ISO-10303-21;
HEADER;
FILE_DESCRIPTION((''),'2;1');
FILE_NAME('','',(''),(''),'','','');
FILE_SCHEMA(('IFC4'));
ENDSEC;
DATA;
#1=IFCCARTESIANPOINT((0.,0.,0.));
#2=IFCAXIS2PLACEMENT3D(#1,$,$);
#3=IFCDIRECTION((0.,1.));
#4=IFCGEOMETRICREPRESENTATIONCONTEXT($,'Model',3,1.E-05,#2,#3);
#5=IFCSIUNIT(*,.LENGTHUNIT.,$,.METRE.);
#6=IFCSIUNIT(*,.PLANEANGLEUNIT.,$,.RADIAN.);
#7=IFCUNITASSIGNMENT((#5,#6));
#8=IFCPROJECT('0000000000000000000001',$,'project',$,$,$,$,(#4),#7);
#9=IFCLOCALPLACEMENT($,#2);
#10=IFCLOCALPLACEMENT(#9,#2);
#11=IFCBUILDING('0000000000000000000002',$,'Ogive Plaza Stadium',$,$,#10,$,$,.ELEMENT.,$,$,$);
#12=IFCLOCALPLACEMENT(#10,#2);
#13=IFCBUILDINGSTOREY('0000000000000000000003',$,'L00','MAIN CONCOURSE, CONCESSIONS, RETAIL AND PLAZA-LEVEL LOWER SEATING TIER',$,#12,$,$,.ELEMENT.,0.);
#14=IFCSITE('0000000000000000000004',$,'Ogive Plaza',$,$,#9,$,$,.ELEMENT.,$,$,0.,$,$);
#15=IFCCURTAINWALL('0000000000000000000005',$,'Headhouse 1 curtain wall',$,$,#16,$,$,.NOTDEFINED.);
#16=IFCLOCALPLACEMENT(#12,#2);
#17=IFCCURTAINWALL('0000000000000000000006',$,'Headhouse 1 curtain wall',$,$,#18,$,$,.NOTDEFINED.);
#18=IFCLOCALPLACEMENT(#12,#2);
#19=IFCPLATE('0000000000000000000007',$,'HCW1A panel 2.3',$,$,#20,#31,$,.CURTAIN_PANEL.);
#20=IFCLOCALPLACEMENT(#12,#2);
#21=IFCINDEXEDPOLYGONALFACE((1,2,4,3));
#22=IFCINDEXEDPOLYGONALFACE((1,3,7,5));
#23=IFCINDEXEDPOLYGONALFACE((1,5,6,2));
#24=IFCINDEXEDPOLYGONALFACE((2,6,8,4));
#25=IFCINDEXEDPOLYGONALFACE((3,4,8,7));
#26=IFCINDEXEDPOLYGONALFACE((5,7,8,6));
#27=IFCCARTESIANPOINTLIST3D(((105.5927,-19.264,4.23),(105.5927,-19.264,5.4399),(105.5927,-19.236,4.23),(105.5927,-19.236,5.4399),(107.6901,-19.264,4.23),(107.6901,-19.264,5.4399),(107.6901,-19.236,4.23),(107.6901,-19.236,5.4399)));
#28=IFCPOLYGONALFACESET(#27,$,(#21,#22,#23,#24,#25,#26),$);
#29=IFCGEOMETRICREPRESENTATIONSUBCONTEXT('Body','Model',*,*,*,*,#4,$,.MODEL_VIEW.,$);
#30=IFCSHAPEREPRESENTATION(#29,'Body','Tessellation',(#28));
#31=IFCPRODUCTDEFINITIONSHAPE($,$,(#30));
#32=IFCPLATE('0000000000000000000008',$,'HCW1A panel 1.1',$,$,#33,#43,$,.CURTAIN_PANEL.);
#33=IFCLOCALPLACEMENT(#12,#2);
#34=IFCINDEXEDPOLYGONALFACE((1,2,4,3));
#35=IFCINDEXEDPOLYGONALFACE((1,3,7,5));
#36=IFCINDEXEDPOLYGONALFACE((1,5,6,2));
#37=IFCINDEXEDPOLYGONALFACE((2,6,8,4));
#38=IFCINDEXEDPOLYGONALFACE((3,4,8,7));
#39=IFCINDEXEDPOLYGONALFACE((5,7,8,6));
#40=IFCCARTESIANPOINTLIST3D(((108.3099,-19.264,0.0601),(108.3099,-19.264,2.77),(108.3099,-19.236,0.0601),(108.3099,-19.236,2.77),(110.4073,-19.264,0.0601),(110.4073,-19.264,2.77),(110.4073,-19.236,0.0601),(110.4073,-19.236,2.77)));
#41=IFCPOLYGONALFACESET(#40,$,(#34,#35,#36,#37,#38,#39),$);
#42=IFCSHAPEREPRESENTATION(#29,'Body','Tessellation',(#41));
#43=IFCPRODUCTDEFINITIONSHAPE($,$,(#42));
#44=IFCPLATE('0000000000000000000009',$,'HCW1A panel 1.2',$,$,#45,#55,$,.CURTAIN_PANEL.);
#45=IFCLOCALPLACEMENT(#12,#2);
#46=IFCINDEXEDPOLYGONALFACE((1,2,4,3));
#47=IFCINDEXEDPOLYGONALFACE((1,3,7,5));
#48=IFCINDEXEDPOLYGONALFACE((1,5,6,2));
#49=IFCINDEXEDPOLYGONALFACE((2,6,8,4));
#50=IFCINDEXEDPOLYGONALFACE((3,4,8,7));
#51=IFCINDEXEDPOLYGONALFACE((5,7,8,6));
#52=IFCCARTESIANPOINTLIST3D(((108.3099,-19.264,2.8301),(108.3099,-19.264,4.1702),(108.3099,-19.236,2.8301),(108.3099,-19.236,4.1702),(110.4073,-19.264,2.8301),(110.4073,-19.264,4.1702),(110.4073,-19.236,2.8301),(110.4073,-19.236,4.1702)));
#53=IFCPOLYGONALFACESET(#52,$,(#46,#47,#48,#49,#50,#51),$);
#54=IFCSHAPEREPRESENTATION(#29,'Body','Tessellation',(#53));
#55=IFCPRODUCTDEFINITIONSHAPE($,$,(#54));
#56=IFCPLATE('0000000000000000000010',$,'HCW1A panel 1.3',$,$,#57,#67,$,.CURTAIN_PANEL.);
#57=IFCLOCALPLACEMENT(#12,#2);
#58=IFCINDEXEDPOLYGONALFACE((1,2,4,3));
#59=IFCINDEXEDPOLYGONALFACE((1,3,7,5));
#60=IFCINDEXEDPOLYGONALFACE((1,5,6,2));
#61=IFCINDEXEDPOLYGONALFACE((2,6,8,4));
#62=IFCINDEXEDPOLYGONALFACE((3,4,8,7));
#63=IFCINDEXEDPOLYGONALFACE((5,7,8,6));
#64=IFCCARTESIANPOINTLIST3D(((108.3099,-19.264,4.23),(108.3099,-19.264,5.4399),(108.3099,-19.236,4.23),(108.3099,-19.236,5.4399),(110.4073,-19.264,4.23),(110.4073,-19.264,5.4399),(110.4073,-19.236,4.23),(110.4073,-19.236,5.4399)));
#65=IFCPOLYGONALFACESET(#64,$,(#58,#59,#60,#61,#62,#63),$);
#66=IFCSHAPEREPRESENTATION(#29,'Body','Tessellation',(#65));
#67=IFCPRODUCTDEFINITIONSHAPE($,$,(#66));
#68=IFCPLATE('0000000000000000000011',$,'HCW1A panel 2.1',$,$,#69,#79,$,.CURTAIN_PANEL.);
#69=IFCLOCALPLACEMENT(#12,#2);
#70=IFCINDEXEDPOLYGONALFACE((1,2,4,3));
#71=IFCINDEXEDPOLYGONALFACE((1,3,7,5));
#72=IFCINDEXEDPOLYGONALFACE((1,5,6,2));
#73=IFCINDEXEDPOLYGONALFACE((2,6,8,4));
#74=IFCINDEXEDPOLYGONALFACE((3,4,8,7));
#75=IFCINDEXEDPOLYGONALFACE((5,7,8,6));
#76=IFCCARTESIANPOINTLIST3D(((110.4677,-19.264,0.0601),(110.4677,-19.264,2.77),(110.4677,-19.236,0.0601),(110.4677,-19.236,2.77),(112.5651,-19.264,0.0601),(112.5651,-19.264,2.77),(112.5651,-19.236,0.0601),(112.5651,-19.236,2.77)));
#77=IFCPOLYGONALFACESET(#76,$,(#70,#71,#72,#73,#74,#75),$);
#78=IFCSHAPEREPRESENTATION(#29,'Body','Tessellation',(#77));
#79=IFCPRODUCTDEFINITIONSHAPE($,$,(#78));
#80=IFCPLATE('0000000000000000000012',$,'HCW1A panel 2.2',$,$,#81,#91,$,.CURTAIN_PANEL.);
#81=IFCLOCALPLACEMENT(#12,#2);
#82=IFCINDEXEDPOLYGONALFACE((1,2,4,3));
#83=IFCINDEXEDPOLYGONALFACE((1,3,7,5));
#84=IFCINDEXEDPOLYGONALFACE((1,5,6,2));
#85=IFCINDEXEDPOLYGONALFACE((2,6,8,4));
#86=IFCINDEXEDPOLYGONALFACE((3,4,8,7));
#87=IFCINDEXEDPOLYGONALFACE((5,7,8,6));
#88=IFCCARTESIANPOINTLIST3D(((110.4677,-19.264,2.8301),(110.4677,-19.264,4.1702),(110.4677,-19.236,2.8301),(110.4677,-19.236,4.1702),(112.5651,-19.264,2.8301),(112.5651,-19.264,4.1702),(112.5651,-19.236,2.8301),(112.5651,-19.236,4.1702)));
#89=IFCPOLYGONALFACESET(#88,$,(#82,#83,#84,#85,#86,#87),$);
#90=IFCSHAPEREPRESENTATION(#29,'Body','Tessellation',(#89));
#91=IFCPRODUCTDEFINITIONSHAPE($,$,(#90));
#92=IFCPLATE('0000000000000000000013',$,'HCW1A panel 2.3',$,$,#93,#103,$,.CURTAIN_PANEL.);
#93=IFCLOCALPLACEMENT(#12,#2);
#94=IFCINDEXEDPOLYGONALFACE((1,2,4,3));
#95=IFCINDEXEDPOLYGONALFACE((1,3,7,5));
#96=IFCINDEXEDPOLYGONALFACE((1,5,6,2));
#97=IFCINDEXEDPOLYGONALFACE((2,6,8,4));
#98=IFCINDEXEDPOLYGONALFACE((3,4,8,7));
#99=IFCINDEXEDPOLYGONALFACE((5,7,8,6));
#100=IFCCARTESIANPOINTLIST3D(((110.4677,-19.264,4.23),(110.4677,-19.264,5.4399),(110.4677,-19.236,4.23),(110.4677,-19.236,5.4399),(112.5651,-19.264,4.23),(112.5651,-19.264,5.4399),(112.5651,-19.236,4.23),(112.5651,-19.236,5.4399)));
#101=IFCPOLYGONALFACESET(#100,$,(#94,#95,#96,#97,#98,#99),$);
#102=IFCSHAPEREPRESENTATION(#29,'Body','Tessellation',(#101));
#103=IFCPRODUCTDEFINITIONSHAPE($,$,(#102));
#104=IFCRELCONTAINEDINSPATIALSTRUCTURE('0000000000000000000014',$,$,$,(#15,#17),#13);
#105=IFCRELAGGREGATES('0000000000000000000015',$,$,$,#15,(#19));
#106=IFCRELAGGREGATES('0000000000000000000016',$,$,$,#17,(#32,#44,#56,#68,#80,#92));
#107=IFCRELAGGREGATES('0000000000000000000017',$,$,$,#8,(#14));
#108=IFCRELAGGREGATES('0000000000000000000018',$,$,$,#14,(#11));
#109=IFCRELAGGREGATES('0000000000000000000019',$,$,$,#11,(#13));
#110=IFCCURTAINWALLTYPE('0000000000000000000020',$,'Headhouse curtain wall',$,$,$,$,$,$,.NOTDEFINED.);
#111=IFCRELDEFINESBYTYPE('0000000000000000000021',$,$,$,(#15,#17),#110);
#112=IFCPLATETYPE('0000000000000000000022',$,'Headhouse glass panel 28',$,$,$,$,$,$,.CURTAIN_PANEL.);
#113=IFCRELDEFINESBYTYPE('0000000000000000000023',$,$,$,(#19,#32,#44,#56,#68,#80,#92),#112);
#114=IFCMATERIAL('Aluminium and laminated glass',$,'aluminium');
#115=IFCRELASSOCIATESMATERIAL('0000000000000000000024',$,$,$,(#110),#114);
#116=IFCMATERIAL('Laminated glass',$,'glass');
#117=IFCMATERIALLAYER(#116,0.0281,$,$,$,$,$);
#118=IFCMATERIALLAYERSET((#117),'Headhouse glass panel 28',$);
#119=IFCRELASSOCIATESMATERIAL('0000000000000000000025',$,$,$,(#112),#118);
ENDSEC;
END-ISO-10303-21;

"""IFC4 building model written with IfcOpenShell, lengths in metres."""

from ifc_helpers import new_model, si_unit, direction, frame, origin, origin_2d, place, context, subcontext, project, spatial, rectangle, extrude, material, layer, layer_set, type_object, element, aggregate, save


model = new_model("IFC4")

# Units and contexts
model_context = context("Model", 3, precision=1e-05, world=origin(), true_north=direction((0.0, 1.0)))
body_context = subcontext(model_context, "Body", "Model", "MODEL_VIEW")
ifc_project = project(units=[si_unit("LENGTHUNIT", "METRE"), si_unit("PLANEANGLEUNIT", "RADIAN")], contexts=[model_context])

# Site, building, storey
site_placement = place(None, origin())
site = spatial("IfcSite", under=ifc_project, at=site_placement, Name="Ogive Plaza", CompositionType="ELEMENT", RefElevation=0.0)
building_placement = place(site_placement, origin())
building = spatial("IfcBuilding", under=site, at=building_placement, Name="Ogive Plaza Stadium", CompositionType="ELEMENT")
storey_placement = place(building_placement, origin())
storey = spatial("IfcBuildingStorey", under=building, at=storey_placement, Name="L00", Description="MAIN CONCOURSE, CONCESSIONS, RETAIL AND PLAZA-LEVEL LOWER SEATING TIER", CompositionType="ELEMENT", Elevation=0.0)

# Curtain walls
ifc_material_1 = material(Name="Aluminium and laminated glass", Category="aluminium")
curtain_wall_type = type_object("IfcCurtainWallType", Name="Headhouse curtain wall", PredefinedType="NOTDEFINED", material=ifc_material_1)
curtain_wall_1_placement = place(storey_placement, origin())
curtain_wall_1 = element("IfcCurtainWall", 1, at=curtain_wall_1_placement, inside=storey, type_object=curtain_wall_type, Name="Headhouse 1 curtain wall", PredefinedType="NOTDEFINED")
curtain_wall_2_placement = place(storey_placement, origin())
curtain_wall_2 = element("IfcCurtainWall", 2, at=curtain_wall_2_placement, inside=storey, type_object=curtain_wall_type, Name="Headhouse 1 curtain wall", PredefinedType="NOTDEFINED")

# Plates
ifc_material_2 = material(Name="Laminated glass", Category="glass")
ifc_layer = layer(ifc_material_2, 0.0281)
ifc_layer_set = layer_set([ifc_layer], Name="Headhouse glass panel 28")
plate_type = type_object("IfcPlateType", Name="Headhouse glass panel 28", PredefinedType="CURTAIN_PANEL", material=ifc_layer_set)
plate_1_placement = place(storey_placement, frame((106.6414, -19.25, 4.23), z_axis=(0.0, 0.0, 1.0), x_axis=(1.0, 0.0, 0.0)))
plate_1 = element("IfcPlate", 3, at=plate_1_placement, type_object=plate_type, Name="HCW1A panel 2.3", PredefinedType="CURTAIN_PANEL", context=body_context, shape_type="SweptSolid", body=[
    extrude(rectangle(XDim=2.0974, YDim=0.0281, at=origin_2d()), origin(), (0.0, 0.0, 1.0), 1.21),
])
aggregate(curtain_wall_1, [plate_1])
plate_2_placement = place(storey_placement, frame((109.3586, -19.25, 0.0601), z_axis=(0.0, 0.0, 1.0), x_axis=(1.0, 0.0, 0.0)))
plate_2 = element("IfcPlate", 4, at=plate_2_placement, type_object=plate_type, Name="HCW1A panel 1.1", PredefinedType="CURTAIN_PANEL", context=body_context, shape_type="SweptSolid", body=[
    extrude(rectangle(XDim=2.0974, YDim=0.0281, at=origin_2d()), origin(), (0.0, 0.0, 1.0), 2.71),
])
plate_3_placement = place(storey_placement, frame((109.3586, -19.25, 2.8301), z_axis=(0.0, 0.0, 1.0), x_axis=(1.0, 0.0, 0.0)))
plate_3 = element("IfcPlate", 5, at=plate_3_placement, type_object=plate_type, Name="HCW1A panel 1.2", PredefinedType="CURTAIN_PANEL", context=body_context, shape_type="SweptSolid", body=[
    extrude(rectangle(XDim=2.0974, YDim=0.0281, at=origin_2d()), origin(), (0.0, 0.0, 1.0), 1.3401),
])
plate_4_placement = place(storey_placement, frame((109.3586, -19.25, 4.23), z_axis=(0.0, 0.0, 1.0), x_axis=(1.0, 0.0, 0.0)))
plate_4 = element("IfcPlate", 6, at=plate_4_placement, type_object=plate_type, Name="HCW1A panel 1.3", PredefinedType="CURTAIN_PANEL", context=body_context, shape_type="SweptSolid", body=[
    extrude(rectangle(XDim=2.0974, YDim=0.0281, at=origin_2d()), origin(), (0.0, 0.0, 1.0), 1.21),
])
plate_5_placement = place(storey_placement, frame((111.5164, -19.25, 0.0601), z_axis=(0.0, 0.0, 1.0), x_axis=(1.0, 0.0, 0.0)))
plate_5 = element("IfcPlate", 7, at=plate_5_placement, type_object=plate_type, Name="HCW1A panel 2.1", PredefinedType="CURTAIN_PANEL", context=body_context, shape_type="SweptSolid", body=[
    extrude(rectangle(XDim=2.0974, YDim=0.0281, at=origin_2d()), origin(), (0.0, 0.0, 1.0), 2.71),
])
plate_6_placement = place(storey_placement, frame((111.5164, -19.25, 2.8301), z_axis=(0.0, 0.0, 1.0), x_axis=(1.0, 0.0, 0.0)))
plate_6 = element("IfcPlate", 8, at=plate_6_placement, type_object=plate_type, Name="HCW1A panel 2.2", PredefinedType="CURTAIN_PANEL", context=body_context, shape_type="SweptSolid", body=[
    extrude(rectangle(XDim=2.0974, YDim=0.0281, at=origin_2d()), origin(), (0.0, 0.0, 1.0), 1.3401),
])
plate_7_placement = place(storey_placement, frame((111.5164, -19.25, 4.23), z_axis=(0.0, 0.0, 1.0), x_axis=(1.0, 0.0, 0.0)))
plate_7 = element("IfcPlate", 9, at=plate_7_placement, type_object=plate_type, Name="HCW1A panel 2.3", PredefinedType="CURTAIN_PANEL", context=body_context, shape_type="SweptSolid", body=[
    extrude(rectangle(XDim=2.0974, YDim=0.0281, at=origin_2d()), origin(), (0.0, 0.0, 1.0), 1.21),
])
aggregate(curtain_wall_2, [plate_2, plate_3, plate_4, plate_5, plate_6, plate_7])

save(model, "model.ifc")
